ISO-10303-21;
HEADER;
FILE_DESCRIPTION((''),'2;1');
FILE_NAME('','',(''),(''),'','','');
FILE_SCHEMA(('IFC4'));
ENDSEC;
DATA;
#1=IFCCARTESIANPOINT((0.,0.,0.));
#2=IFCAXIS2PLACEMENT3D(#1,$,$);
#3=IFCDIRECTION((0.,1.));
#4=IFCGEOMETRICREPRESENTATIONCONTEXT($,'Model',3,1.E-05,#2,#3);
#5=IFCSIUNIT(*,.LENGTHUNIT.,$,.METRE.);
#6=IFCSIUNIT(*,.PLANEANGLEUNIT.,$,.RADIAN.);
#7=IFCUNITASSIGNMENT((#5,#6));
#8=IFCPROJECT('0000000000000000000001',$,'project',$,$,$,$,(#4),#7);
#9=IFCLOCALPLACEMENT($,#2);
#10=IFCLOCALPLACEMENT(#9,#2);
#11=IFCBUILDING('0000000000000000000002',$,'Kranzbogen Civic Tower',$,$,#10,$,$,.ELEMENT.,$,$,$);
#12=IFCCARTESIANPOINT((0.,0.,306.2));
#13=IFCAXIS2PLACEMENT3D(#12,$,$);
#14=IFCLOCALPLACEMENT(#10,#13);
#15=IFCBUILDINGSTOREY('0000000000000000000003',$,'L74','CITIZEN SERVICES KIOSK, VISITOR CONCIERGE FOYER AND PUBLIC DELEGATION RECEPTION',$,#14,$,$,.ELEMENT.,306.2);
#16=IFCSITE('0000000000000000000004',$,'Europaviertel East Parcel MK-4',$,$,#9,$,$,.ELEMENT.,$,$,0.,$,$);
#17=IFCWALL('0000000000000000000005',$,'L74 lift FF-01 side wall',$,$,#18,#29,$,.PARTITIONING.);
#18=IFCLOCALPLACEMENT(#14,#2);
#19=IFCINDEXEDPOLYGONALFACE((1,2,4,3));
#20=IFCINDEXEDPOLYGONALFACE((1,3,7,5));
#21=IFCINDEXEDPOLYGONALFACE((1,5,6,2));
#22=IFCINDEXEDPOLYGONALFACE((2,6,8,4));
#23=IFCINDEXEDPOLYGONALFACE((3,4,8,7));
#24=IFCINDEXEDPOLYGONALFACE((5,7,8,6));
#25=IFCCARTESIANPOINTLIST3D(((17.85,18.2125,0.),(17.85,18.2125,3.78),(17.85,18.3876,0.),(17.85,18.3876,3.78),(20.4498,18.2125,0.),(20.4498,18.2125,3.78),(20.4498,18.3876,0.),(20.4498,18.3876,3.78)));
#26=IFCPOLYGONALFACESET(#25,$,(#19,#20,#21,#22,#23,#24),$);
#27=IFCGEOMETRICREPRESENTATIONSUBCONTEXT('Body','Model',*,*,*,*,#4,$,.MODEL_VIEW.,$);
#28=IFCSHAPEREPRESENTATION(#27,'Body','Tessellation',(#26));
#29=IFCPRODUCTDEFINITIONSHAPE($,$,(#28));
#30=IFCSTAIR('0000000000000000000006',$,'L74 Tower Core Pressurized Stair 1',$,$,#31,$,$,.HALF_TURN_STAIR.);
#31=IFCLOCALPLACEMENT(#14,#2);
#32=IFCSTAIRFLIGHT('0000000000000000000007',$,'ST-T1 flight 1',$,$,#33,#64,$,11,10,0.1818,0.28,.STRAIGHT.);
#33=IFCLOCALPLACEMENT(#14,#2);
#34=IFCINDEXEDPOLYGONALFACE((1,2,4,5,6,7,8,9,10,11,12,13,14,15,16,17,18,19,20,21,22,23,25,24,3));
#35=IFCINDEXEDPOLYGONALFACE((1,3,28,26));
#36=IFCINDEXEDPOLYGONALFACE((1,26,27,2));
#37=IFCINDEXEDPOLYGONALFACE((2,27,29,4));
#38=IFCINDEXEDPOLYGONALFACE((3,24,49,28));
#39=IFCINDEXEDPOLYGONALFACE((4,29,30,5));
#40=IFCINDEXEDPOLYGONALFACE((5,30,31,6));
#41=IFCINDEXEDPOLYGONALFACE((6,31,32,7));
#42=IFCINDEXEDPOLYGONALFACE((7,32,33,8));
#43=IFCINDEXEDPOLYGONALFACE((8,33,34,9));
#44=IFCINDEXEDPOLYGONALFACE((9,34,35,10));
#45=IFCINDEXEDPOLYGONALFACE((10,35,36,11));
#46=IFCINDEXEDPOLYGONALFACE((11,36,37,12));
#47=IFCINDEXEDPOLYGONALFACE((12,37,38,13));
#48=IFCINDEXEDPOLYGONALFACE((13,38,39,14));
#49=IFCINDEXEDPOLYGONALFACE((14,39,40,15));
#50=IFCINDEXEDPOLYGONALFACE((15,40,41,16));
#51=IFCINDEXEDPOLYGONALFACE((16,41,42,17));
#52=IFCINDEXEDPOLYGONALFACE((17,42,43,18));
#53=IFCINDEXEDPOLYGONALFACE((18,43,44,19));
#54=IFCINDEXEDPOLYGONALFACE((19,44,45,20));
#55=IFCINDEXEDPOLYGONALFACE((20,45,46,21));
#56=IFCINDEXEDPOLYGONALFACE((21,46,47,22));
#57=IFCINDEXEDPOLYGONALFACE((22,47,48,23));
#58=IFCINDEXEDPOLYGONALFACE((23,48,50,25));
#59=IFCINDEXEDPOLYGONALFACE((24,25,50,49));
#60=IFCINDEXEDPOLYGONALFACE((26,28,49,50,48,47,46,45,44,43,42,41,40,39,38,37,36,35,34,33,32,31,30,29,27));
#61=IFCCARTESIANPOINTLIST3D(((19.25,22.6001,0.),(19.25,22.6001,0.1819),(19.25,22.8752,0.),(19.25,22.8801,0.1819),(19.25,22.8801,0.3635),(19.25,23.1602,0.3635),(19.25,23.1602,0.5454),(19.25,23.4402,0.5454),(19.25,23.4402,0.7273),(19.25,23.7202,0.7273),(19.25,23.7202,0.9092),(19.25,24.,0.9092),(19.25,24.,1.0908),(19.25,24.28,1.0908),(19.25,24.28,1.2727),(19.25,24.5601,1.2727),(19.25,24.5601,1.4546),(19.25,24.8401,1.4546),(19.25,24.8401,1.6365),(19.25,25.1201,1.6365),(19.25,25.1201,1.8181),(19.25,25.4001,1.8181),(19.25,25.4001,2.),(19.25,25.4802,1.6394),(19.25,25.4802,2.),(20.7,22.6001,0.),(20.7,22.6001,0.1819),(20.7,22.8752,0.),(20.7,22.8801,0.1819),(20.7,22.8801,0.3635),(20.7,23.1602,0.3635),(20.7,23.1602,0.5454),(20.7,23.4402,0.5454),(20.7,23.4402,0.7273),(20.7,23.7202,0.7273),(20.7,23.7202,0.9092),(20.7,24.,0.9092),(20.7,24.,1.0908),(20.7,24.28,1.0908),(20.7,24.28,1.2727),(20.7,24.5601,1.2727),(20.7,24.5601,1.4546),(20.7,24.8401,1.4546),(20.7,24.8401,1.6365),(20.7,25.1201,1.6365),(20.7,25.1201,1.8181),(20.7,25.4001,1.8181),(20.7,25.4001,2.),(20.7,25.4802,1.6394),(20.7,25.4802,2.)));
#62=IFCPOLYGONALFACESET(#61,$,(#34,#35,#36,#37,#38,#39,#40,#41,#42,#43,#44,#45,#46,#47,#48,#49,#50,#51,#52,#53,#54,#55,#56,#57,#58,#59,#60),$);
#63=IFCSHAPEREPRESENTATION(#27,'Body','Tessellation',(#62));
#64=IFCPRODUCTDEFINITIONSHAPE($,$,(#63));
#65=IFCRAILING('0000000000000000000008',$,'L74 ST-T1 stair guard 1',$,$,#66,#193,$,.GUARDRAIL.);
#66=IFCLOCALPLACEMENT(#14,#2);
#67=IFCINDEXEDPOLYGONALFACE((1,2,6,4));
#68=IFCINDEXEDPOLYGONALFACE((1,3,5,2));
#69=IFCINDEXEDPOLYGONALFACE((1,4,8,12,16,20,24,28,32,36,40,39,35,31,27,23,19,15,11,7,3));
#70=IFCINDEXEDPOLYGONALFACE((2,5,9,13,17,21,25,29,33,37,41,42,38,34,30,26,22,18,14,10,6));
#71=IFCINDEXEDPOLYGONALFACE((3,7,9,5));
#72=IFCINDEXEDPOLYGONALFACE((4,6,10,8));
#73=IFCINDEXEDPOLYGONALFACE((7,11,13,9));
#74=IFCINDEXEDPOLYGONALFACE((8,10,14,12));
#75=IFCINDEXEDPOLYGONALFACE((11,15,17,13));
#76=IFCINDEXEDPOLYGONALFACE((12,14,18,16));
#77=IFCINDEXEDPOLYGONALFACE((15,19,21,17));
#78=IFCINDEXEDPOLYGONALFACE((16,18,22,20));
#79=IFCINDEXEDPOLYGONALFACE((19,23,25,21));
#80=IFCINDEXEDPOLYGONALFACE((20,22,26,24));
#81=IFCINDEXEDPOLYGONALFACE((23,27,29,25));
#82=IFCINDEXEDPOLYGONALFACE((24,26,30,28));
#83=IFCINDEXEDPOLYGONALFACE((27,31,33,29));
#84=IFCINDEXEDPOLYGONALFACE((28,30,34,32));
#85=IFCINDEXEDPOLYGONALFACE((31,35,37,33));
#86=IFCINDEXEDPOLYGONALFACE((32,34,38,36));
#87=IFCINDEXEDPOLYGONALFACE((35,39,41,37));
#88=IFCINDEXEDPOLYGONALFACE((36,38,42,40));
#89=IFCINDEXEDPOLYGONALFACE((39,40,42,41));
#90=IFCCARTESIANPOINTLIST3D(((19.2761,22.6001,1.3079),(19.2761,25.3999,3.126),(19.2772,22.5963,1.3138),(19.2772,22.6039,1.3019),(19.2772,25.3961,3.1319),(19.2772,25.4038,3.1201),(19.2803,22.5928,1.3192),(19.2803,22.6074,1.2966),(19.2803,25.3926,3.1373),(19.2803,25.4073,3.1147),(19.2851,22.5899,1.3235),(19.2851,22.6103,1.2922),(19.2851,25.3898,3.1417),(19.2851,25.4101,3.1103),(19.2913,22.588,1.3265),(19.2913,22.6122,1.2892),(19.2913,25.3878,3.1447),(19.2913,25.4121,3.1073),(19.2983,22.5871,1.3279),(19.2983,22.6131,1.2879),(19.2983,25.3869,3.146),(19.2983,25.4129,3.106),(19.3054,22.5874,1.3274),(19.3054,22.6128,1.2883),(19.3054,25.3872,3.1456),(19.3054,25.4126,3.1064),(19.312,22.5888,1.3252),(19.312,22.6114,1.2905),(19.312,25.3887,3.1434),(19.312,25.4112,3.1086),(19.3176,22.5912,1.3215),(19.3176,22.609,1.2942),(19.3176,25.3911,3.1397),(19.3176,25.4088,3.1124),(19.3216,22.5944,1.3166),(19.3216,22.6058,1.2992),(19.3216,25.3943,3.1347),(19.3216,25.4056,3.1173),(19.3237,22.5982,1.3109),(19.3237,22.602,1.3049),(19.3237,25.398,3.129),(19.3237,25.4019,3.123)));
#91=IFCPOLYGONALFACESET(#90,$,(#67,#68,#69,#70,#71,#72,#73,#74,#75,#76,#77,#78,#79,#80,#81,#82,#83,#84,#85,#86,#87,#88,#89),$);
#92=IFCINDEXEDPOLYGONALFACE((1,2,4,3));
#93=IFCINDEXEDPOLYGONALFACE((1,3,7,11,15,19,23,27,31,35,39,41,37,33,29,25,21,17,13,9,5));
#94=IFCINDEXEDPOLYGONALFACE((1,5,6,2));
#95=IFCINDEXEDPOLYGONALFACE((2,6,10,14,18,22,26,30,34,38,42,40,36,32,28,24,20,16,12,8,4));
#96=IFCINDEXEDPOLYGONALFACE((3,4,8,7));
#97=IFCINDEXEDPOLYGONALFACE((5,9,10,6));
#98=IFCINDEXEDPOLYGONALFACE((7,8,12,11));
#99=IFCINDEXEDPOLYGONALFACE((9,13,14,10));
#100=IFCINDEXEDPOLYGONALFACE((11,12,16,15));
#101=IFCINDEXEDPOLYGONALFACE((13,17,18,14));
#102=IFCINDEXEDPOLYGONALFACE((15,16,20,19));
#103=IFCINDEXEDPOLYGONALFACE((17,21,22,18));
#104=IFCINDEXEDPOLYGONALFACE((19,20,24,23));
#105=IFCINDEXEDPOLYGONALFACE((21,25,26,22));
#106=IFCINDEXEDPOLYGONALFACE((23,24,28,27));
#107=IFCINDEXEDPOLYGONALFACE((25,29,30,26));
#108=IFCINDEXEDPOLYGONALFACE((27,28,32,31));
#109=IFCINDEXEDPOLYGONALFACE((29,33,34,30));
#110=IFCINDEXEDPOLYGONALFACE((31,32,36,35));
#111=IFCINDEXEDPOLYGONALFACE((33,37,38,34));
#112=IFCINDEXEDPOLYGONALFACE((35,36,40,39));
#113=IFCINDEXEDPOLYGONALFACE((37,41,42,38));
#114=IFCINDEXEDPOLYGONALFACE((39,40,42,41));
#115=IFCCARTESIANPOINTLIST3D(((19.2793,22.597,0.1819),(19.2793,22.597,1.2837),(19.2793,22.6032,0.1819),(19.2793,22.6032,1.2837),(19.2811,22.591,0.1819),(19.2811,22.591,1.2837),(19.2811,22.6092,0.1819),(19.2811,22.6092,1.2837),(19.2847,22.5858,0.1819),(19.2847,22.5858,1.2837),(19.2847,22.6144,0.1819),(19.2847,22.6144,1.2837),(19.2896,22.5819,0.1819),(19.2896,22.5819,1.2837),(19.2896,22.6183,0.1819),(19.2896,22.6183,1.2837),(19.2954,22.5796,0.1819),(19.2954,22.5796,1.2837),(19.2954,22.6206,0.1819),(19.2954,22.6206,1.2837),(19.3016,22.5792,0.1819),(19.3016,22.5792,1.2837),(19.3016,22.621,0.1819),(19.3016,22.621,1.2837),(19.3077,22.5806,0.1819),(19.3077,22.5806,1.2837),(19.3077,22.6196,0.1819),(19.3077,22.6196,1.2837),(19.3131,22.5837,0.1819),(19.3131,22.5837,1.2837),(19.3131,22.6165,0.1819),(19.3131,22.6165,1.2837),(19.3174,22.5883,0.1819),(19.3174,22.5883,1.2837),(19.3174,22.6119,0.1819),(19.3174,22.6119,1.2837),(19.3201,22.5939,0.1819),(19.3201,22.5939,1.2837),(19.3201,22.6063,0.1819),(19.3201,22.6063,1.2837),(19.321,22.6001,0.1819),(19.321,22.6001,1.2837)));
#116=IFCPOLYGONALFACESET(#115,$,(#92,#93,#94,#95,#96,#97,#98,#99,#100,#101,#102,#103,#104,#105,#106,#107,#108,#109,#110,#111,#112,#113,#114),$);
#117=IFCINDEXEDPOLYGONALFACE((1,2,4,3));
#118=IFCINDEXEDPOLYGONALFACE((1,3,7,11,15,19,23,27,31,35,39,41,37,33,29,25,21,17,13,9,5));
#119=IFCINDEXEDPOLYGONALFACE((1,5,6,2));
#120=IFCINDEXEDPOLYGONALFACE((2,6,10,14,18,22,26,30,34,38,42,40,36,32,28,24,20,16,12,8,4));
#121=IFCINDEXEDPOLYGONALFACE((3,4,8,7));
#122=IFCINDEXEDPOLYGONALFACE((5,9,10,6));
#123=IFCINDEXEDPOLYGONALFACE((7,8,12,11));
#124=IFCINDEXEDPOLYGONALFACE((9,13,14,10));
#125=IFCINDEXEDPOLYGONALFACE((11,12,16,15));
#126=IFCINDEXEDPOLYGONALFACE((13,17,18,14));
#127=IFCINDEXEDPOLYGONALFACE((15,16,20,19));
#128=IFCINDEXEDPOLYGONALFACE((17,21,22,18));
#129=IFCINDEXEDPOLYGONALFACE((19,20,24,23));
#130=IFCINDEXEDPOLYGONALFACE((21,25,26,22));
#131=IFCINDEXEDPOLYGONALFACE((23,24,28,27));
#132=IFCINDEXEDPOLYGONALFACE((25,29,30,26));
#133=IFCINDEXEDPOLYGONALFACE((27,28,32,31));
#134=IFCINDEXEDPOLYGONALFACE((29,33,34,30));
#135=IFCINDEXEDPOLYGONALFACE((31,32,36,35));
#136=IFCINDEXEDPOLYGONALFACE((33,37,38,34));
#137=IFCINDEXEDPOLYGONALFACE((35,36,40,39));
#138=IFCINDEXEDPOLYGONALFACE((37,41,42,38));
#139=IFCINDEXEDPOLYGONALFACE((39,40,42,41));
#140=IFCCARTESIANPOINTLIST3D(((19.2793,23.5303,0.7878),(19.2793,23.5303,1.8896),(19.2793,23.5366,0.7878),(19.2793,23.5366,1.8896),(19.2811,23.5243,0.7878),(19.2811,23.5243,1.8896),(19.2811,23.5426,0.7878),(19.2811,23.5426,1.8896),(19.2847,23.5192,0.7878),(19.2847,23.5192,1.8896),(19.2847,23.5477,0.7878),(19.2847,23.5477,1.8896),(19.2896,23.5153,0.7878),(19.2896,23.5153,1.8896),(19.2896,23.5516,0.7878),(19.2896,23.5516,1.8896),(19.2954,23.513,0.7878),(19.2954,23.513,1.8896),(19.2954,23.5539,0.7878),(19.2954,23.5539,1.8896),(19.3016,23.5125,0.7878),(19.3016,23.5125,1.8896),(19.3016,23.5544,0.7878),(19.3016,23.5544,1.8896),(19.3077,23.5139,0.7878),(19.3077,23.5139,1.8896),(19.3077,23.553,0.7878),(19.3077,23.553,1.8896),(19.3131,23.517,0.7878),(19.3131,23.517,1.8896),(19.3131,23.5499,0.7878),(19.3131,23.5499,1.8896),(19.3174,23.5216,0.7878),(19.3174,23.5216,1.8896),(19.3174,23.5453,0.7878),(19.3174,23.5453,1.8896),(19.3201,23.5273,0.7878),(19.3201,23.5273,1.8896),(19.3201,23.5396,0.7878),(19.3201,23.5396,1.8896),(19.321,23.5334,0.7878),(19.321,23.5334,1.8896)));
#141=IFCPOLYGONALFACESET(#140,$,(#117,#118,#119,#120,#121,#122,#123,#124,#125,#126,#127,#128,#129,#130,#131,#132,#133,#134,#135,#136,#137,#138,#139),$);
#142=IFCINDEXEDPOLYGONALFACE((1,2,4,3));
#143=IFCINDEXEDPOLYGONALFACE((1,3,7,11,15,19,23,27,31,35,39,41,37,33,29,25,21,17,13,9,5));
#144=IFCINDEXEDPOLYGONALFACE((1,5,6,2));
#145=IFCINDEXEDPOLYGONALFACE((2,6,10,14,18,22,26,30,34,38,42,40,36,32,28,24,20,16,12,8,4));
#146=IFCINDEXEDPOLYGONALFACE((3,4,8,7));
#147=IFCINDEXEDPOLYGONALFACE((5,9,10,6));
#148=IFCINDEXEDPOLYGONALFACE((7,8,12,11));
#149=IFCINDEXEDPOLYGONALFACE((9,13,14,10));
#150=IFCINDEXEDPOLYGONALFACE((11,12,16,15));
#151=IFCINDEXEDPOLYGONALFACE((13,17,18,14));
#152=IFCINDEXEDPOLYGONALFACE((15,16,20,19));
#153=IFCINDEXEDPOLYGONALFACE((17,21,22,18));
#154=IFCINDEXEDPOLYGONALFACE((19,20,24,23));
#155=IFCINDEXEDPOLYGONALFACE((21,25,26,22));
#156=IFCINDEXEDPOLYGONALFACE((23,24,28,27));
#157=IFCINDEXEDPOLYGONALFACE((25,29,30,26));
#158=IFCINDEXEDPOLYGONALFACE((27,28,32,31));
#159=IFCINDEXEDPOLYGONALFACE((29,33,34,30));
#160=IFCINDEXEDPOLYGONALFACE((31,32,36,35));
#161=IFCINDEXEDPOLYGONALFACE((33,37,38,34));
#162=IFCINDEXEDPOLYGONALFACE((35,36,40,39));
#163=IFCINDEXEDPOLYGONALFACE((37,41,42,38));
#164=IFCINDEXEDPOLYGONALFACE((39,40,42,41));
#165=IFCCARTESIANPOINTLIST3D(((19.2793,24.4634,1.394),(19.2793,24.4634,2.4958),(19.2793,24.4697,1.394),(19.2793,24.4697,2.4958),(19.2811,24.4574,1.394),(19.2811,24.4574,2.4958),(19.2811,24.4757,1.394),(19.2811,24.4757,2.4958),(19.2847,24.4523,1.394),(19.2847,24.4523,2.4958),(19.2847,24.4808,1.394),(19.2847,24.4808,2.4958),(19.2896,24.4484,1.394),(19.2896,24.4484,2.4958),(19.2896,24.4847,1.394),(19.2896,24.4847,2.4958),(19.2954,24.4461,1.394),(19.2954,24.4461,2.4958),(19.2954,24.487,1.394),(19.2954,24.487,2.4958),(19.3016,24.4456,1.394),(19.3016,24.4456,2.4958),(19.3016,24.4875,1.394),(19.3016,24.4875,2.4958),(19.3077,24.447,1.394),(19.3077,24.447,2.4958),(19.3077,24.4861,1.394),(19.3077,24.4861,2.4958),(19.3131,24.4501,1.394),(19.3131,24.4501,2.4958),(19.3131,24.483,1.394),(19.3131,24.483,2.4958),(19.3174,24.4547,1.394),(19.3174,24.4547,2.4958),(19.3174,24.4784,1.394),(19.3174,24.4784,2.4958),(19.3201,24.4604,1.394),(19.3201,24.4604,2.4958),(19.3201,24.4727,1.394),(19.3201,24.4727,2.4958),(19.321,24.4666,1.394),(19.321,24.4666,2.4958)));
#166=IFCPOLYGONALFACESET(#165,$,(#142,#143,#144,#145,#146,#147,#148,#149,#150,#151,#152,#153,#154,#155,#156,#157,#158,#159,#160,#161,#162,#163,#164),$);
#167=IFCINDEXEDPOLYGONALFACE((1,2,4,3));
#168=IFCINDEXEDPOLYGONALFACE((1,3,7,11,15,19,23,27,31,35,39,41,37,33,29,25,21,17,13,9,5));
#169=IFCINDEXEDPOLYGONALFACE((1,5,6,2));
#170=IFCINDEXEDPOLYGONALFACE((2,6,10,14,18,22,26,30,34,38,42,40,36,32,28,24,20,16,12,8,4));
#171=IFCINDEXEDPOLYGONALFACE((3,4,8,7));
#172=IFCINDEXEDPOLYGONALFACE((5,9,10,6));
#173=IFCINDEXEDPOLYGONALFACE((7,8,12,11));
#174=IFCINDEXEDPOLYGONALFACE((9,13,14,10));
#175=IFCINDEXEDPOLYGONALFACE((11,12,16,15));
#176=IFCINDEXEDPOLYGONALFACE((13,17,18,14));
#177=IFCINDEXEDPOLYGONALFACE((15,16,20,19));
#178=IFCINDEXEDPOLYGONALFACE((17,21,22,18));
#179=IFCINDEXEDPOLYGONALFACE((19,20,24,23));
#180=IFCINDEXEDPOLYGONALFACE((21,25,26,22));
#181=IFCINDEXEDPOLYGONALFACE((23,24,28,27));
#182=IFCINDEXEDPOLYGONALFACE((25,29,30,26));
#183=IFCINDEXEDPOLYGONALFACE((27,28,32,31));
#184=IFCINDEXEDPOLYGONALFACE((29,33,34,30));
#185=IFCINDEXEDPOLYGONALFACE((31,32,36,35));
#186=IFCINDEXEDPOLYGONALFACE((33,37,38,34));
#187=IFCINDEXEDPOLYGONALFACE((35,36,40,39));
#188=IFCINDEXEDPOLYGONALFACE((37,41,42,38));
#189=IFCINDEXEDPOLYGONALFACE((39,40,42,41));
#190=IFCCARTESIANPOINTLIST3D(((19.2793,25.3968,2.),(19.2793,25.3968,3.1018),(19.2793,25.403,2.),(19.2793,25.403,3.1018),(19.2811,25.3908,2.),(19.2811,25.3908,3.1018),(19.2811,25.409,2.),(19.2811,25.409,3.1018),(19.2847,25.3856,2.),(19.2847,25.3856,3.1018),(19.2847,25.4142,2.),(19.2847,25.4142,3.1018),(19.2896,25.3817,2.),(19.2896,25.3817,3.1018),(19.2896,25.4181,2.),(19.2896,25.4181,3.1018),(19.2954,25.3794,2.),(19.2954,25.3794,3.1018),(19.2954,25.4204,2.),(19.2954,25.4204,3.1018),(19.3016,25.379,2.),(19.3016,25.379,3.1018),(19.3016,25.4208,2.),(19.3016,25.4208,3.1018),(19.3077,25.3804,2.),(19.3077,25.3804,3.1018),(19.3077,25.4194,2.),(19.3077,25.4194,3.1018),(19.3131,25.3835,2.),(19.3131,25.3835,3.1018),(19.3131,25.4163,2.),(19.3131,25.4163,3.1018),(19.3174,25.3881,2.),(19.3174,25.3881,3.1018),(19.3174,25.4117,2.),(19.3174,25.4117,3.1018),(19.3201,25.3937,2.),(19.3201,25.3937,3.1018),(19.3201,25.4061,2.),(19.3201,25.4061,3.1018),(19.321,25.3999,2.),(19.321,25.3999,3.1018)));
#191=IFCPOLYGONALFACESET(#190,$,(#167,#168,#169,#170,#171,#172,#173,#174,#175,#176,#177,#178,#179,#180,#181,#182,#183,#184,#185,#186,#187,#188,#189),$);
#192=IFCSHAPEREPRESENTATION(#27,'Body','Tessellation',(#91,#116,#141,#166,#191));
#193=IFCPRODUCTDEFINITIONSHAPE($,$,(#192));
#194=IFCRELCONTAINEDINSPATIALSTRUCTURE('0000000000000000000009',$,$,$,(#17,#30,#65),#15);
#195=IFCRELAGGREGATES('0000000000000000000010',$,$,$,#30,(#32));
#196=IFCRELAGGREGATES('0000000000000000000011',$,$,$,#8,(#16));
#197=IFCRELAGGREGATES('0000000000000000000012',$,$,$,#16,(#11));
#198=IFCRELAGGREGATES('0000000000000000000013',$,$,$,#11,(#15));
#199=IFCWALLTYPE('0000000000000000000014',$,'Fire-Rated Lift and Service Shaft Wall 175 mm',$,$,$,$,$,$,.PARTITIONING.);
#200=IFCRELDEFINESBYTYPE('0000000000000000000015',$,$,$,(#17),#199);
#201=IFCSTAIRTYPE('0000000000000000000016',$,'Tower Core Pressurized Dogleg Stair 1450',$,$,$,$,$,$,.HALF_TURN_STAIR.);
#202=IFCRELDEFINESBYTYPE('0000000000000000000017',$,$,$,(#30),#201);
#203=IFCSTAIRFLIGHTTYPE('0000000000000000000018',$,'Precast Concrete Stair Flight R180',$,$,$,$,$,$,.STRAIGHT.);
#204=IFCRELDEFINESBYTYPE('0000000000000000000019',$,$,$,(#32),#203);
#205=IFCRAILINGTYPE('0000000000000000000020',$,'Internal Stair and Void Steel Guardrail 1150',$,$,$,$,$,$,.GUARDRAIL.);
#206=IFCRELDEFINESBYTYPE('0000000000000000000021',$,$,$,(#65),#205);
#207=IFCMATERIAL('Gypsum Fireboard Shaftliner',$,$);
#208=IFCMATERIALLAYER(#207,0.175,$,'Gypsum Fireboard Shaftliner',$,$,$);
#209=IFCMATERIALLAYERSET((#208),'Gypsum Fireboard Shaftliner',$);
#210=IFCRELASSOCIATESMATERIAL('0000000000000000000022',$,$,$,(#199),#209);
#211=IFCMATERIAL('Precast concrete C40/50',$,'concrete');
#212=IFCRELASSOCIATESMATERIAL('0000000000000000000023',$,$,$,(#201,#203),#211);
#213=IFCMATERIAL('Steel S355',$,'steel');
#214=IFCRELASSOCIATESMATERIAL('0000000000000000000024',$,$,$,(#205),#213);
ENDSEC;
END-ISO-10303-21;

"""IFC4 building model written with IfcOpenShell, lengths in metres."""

from ifc_helpers import new_model, si_unit, direction, frame, frame_2d, origin, origin_2d, place, context, subcontext, project, spatial, polyline, rectangle, circle, outline, extrude, material, layer, layer_set, type_object, element, aggregate, save


model = new_model("IFC4")

# Units and contexts
model_context = context("Model", 3, precision=1e-05, world=origin(), true_north=direction((0.0, 1.0)))
body_context = subcontext(model_context, "Body", "Model", "MODEL_VIEW")
ifc_project = project(units=[si_unit("LENGTHUNIT", "METRE"), si_unit("PLANEANGLEUNIT", "RADIAN")], contexts=[model_context])

# Site, building, storey
site_placement = place(None, origin())
site = spatial("IfcSite", under=ifc_project, at=site_placement, Name="Europaviertel East Parcel MK-4", CompositionType="ELEMENT", RefElevation=0.0)
building_placement = place(site_placement, origin())
building = spatial("IfcBuilding", under=site, at=building_placement, Name="Kranzbogen Civic Tower", CompositionType="ELEMENT")
storey_placement = place(building_placement, frame((0.0, 0.0, 306.2)))
storey = spatial("IfcBuildingStorey", under=building, at=storey_placement, Name="L74", Description="CITIZEN SERVICES KIOSK, VISITOR CONCIERGE FOYER AND PUBLIC DELEGATION RECEPTION", CompositionType="ELEMENT", Elevation=306.2)

# Shared definitions
ifc_material_1 = material(Name="Steel S355", Category="steel")

# Shared definitions
ifc_material_2 = material(Name="Gypsum Fireboard Shaftliner")
ifc_layer_1 = layer(ifc_material_2, 0.175, Name="Gypsum Fireboard Shaftliner")
ifc_layer_set_1 = layer_set([ifc_layer_1], Name="Gypsum Fireboard Shaftliner")
wall_type_1 = type_object("IfcWallType", Name="Fire-Rated Lift and Service Shaft Wall 175 mm", PredefinedType="PARTITIONING", material=ifc_layer_set_1)

# Wall
wall_1_placement = place(storey_placement, frame((17.8501, 18.3, 0.0), z_axis=(0.0, 0.0, 1.0), x_axis=(1.0, 0.0, 0.0)))
element("IfcWall", 1, at=wall_1_placement, inside=storey, type_object=wall_type_1, Name="L74 lift FF-01 side wall", PredefinedType="PARTITIONING", context=body_context, shape_type="SweptSolid", body=[
    extrude(rectangle(XDim=2.5999, YDim=0.175, at=frame_2d((1.2998, 0.0))), origin(), (0.0, 0.0, 1.0), 3.78),
])

# Stair, stair flight
ifc_material_3 = material(Name="Precast concrete C40/50", Category="concrete")
stair_type = type_object("IfcStairType", Name="Tower Core Pressurized Dogleg Stair 1450", PredefinedType="HALF_TURN_STAIR", material=ifc_material_3)
stair_placement = place(storey_placement, origin())
stair = element("IfcStair", 2, at=stair_placement, inside=storey, type_object=stair_type, Name="L74 Tower Core Pressurized Stair 1", PredefinedType="HALF_TURN_STAIR")
stair_flight_type = type_object("IfcStairFlightType", Name="Precast Concrete Stair Flight R180", PredefinedType="STRAIGHT", material=ifc_material_3)
stair_flight_placement = place(storey_placement, frame((19.9751, 22.6001, 0.0), z_axis=(0.0, 0.0, 1.0), x_axis=(0.0, 1.0, 0.0)))
stair_flight = element("IfcStairFlight", 3, at=stair_flight_placement, type_object=stair_flight_type, Name="ST-T1 flight 1", NumberOfRisers=11, NumberOfTreads=10, PredefinedType="STRAIGHT", RiserHeight=0.1818, TreadLength=0.28, context=body_context, shape_type="SweptSolid", body=[
    extrude(outline(polyline([(0.0, 0.0), (0.0, 0.1819), (0.28, 0.1819), (0.28, 0.3635), (0.5601, 0.3635), (0.5601, 0.5454), (0.8401, 0.5454), (0.8401, 0.7273), (1.1201, 0.7273), (1.1201, 0.9092), (1.3999, 0.9092), (1.3999, 1.0908), (1.6799, 1.0908), (1.6799, 1.2727), (1.96, 1.2727), (1.96, 1.4546), (2.24, 1.4546), (2.24, 1.6365), (2.52, 1.6365), (2.52, 1.8181), (2.8, 1.8181), (2.8, 2.0), (2.8801, 2.0), (2.8801, 1.6394), (0.2751, 0.0), (0.0, 0.0)])), frame((0.0, 0.7251, 0.0), z_axis=(0.0, -1.0, 0.0), x_axis=(1.0, 0.0, 0.0)), (0.0, 0.0, 1.0), 1.45),
])
aggregate(stair, [stair_flight])

# Railing
railing_type_1 = type_object("IfcRailingType", Name="Internal Stair and Void Steel Guardrail 1150", PredefinedType="GUARDRAIL", material=ifc_material_1)
railing_1_placement = place(storey_placement, frame((19.3, 22.6001, 0.1819)))
element("IfcRailing", 4, at=railing_1_placement, inside=storey, type_object=railing_type_1, Name="L74 ST-T1 stair guard 1", PredefinedType="GUARDRAIL", context=body_context, shape_type="SweptSolid", body=[
    extrude(circle(Radius=0.0239, at=origin_2d()), frame((0.0, 0.0, 1.126), z_axis=(0.0, 0.838684, 0.544618), x_axis=(-1.0, 0.0, 0.0)), (0.0, 0.0, 1.0), 3.3384),
    extrude(circle(Radius=0.021, at=origin_2d()), origin(), (0.0, 0.0, 1.0), 1.1018),
    extrude(circle(Radius=0.021, at=origin_2d()), frame((0.0, 0.9333, 0.606)), (0.0, 0.0, 1.0), 1.1018),
    extrude(circle(Radius=0.021, at=origin_2d()), frame((0.0, 1.8665, 1.2122)), (0.0, 0.0, 1.0), 1.1018),
    extrude(circle(Radius=0.021, at=origin_2d()), frame((0.0, 2.7998, 1.8181)), (0.0, 0.0, 1.0), 1.1018),
])

save(model, "model.ifc")
